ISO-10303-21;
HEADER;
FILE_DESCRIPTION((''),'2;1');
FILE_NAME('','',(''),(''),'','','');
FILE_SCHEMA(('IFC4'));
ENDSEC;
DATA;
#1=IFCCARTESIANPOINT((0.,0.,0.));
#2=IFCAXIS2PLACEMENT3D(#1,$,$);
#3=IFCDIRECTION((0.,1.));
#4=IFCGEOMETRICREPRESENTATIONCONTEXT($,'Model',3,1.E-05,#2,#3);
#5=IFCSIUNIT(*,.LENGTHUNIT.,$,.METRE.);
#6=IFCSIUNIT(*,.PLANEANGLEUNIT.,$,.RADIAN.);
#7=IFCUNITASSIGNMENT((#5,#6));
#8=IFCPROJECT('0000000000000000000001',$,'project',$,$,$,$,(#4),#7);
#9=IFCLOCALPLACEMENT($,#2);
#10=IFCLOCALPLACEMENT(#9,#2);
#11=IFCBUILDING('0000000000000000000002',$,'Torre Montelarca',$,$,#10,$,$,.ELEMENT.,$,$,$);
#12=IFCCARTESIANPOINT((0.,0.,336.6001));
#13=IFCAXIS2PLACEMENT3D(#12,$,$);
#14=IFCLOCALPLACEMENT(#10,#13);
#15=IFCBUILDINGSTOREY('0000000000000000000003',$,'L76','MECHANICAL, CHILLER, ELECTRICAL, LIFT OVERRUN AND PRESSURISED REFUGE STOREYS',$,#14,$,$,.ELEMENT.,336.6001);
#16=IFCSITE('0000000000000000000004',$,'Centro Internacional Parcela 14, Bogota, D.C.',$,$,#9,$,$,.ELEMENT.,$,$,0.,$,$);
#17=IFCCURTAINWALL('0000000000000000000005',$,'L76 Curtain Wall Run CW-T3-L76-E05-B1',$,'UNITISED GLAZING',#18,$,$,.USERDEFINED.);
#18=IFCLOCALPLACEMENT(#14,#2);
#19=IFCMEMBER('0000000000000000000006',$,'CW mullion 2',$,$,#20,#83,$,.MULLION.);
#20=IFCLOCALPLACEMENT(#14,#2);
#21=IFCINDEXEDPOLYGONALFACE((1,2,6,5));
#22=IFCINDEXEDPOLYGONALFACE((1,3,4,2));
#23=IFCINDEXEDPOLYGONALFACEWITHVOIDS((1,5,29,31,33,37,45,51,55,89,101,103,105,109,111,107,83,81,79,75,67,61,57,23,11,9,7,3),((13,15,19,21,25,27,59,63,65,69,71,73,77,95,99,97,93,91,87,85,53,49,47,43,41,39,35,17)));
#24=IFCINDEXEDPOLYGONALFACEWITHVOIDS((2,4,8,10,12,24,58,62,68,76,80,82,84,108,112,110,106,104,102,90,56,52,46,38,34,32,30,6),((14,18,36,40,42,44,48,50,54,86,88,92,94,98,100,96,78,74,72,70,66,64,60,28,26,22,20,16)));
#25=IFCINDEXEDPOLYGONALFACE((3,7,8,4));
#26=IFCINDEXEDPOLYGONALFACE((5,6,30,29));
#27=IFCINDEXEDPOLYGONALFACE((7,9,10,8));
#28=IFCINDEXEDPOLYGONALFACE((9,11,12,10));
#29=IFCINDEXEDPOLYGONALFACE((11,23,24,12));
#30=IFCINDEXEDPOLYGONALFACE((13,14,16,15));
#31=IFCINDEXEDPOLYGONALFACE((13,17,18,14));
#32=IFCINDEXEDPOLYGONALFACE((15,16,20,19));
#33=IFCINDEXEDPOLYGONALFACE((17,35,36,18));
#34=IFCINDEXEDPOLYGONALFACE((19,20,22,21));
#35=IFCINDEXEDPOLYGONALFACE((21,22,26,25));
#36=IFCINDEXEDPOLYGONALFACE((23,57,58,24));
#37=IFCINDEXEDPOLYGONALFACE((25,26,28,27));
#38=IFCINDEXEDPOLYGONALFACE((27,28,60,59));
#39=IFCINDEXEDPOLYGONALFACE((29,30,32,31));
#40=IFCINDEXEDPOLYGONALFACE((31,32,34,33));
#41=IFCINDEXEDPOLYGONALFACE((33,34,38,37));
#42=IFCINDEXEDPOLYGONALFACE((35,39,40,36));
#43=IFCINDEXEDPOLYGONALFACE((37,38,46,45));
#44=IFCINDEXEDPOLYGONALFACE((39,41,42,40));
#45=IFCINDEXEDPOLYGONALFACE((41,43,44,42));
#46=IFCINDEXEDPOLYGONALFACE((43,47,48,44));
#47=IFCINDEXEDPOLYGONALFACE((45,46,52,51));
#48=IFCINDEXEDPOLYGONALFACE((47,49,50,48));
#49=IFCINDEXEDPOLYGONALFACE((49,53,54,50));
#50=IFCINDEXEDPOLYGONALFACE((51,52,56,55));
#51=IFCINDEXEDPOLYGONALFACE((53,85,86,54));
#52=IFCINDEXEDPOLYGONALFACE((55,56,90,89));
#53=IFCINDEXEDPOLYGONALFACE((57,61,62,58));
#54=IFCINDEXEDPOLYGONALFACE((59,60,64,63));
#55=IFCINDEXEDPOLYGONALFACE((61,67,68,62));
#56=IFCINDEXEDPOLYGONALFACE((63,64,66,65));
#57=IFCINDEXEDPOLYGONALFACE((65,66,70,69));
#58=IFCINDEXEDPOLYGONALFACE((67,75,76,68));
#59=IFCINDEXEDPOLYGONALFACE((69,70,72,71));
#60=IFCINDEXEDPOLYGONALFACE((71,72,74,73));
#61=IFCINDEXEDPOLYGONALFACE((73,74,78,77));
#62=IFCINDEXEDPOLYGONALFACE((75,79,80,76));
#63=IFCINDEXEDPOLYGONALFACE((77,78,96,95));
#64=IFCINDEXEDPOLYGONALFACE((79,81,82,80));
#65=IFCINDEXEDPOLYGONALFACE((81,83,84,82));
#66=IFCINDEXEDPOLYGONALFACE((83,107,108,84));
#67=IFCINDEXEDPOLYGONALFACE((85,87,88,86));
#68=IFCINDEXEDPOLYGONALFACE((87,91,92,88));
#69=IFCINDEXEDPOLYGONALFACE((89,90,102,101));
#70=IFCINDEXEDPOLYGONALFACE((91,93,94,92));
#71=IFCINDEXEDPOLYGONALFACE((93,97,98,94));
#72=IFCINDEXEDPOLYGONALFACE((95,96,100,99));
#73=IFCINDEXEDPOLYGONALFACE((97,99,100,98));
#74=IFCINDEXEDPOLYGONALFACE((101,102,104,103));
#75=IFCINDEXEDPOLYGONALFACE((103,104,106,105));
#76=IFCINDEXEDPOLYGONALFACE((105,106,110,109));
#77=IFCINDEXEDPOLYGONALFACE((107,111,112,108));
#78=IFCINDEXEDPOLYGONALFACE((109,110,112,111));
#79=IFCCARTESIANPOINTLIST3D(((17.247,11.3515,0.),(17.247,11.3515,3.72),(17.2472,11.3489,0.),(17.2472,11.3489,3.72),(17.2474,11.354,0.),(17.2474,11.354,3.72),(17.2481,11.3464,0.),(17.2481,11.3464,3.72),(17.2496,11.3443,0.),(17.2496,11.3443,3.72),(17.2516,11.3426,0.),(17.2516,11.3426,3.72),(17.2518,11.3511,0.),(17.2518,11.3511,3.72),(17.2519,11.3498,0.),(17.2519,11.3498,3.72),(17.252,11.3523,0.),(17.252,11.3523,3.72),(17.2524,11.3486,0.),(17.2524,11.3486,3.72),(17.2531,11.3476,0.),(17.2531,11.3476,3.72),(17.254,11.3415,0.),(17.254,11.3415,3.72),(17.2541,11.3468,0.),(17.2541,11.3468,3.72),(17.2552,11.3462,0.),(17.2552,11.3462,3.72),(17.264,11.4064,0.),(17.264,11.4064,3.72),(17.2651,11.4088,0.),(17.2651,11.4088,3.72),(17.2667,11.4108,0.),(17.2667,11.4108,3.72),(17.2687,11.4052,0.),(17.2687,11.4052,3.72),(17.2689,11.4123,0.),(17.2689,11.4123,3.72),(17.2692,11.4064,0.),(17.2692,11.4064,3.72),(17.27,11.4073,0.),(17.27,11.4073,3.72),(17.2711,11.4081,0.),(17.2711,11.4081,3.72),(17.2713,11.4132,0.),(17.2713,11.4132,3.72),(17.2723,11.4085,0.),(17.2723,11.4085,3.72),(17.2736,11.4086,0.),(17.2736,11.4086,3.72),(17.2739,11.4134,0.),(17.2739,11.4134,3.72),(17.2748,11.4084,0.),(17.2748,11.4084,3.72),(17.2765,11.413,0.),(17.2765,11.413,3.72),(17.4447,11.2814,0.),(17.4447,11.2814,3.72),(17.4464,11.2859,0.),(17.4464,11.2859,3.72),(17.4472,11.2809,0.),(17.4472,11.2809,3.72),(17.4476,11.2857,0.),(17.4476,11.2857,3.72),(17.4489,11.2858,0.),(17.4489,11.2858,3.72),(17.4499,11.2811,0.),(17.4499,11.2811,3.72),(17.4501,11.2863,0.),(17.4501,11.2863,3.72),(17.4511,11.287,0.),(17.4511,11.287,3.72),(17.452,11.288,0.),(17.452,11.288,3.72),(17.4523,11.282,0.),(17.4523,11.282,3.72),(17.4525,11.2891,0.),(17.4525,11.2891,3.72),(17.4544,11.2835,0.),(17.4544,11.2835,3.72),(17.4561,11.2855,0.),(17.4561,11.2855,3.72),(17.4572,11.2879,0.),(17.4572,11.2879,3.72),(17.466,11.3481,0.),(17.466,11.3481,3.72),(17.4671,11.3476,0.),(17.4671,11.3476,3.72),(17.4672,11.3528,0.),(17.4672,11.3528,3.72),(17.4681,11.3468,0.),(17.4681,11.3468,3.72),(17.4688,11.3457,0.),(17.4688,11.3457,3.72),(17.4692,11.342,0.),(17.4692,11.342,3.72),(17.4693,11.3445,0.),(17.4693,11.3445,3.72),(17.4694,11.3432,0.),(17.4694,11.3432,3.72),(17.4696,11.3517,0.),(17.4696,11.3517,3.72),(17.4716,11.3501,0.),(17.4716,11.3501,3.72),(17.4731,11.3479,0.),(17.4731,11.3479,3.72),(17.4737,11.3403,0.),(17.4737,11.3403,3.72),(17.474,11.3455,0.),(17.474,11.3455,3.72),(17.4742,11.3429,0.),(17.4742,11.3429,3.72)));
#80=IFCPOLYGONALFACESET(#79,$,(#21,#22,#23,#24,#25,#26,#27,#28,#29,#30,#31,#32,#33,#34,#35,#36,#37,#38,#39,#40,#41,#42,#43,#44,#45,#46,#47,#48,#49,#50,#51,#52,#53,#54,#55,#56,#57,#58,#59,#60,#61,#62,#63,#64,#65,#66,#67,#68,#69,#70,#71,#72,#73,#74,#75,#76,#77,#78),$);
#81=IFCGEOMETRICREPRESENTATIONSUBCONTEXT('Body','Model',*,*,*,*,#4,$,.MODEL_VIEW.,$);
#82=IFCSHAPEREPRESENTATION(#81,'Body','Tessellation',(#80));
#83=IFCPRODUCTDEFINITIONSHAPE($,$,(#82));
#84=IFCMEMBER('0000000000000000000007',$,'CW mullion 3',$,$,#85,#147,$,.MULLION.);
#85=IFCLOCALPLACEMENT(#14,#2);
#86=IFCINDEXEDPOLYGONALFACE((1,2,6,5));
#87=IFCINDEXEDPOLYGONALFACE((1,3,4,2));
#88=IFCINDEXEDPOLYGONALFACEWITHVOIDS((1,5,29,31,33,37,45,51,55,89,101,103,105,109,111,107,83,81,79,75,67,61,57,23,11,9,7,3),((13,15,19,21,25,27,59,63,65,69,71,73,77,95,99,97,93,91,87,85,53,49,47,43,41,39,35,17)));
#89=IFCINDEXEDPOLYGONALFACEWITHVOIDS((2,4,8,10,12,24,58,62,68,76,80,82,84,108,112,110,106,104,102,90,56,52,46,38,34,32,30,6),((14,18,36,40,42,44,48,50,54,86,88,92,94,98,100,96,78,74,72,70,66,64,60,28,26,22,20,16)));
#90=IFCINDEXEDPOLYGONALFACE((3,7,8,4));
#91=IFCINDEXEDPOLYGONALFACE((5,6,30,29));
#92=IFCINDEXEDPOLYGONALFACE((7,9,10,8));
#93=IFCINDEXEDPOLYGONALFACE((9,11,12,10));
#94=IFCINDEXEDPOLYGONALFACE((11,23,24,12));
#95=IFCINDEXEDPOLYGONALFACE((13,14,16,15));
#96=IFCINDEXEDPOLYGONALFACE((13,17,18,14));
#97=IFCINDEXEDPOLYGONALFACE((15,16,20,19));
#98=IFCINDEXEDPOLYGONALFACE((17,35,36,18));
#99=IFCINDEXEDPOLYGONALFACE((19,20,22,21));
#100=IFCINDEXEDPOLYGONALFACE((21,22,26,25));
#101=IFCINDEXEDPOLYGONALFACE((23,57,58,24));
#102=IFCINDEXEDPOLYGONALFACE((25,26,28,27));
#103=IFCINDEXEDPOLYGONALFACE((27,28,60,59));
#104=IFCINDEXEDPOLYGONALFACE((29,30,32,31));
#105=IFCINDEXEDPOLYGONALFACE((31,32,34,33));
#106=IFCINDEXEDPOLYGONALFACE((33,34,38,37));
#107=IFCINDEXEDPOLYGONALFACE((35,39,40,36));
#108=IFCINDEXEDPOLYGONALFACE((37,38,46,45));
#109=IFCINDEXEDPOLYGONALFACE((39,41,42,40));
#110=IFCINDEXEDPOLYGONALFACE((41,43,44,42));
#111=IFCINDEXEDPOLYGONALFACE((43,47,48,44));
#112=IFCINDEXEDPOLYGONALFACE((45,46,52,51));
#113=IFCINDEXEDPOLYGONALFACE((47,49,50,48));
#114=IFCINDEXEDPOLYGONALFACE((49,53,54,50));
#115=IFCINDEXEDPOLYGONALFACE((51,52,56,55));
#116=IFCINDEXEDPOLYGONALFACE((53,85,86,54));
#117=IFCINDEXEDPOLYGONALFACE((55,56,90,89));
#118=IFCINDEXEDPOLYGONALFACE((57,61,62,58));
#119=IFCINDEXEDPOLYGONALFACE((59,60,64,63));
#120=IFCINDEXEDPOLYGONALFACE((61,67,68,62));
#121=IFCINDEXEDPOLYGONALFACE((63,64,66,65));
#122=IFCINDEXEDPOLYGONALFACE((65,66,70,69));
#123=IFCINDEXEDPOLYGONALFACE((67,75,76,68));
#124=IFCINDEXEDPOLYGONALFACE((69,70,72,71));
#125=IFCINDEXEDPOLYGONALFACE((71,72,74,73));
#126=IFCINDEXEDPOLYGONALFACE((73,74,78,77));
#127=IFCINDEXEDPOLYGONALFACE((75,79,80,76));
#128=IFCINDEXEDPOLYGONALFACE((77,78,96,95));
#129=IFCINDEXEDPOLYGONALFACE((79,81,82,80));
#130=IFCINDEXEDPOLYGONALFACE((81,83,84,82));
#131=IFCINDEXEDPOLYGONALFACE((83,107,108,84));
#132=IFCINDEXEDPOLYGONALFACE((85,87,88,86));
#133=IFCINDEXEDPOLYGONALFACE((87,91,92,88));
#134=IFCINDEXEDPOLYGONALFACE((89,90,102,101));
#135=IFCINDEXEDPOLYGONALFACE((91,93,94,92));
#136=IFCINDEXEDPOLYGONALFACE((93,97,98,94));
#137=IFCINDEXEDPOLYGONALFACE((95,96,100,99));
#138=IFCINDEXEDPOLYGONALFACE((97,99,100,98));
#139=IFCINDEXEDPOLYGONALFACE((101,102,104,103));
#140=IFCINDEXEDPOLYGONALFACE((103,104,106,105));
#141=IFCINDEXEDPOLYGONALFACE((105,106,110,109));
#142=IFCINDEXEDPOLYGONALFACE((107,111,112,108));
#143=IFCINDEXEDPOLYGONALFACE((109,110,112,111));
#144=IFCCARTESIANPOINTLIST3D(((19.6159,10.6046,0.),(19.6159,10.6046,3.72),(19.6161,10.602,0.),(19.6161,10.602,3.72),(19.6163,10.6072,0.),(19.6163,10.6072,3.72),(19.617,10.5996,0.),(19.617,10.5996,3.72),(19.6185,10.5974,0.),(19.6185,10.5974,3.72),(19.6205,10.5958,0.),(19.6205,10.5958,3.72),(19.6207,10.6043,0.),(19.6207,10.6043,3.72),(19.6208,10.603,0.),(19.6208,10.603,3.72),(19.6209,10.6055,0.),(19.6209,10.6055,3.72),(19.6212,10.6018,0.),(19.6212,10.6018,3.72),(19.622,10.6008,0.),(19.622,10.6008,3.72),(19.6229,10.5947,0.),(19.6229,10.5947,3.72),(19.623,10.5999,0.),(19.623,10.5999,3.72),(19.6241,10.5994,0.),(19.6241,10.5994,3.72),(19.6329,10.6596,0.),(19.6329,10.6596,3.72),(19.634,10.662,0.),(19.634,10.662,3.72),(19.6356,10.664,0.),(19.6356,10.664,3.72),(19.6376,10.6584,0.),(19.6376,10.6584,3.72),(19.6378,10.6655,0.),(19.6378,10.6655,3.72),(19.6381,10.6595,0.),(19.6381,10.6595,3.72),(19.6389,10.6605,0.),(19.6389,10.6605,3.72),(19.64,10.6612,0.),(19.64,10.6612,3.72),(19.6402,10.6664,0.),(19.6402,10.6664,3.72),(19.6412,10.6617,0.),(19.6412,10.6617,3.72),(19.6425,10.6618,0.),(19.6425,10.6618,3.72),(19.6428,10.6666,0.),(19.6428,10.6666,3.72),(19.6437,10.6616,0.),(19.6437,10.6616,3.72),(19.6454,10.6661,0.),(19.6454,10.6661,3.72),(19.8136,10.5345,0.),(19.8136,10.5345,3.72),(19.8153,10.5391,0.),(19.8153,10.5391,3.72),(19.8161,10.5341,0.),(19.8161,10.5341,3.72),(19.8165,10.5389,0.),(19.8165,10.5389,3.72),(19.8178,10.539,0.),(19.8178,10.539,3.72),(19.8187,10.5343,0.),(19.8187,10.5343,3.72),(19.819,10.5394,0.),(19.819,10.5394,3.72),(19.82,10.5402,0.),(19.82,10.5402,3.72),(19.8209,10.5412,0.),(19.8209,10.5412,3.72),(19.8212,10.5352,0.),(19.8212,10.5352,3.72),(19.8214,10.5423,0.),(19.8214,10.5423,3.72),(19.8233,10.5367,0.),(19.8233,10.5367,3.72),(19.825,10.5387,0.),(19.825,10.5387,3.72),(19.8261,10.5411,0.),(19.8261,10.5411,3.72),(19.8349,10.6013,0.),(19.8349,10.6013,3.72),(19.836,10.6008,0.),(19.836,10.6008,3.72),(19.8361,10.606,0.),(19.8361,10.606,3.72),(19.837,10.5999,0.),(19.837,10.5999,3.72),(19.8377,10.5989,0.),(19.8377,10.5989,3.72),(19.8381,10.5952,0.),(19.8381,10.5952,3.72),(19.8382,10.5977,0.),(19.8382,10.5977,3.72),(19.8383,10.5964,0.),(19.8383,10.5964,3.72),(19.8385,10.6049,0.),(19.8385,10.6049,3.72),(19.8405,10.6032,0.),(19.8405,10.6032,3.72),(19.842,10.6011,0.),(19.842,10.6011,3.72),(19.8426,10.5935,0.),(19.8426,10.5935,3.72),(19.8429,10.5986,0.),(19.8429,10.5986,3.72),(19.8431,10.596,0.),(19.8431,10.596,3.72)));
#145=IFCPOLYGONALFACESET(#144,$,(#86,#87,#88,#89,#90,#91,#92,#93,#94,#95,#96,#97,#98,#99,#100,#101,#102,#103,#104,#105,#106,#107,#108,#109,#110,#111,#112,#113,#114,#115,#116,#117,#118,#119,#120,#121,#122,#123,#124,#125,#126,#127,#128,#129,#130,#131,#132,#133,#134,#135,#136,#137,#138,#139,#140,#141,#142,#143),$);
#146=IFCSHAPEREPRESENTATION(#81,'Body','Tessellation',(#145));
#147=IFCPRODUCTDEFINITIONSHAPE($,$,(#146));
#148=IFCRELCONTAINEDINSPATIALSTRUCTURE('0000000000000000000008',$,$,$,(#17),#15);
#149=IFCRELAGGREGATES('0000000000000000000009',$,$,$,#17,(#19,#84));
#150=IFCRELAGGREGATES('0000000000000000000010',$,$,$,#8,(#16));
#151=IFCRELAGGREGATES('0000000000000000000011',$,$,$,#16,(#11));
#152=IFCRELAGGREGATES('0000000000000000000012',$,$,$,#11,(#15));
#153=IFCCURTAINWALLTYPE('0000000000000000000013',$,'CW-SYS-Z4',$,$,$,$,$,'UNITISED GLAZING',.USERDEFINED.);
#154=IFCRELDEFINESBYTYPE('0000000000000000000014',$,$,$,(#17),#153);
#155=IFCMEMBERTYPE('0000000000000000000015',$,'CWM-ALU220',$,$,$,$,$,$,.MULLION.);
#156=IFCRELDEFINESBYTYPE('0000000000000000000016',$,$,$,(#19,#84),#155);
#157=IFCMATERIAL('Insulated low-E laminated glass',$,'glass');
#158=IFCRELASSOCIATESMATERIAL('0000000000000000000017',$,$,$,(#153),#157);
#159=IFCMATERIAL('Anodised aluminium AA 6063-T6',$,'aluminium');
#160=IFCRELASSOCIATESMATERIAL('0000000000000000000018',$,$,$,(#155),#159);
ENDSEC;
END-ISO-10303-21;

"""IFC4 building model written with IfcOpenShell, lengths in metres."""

from ifc_helpers import new_model, si_unit, direction, frame, origin, origin_2d, place, context, subcontext, project, spatial, hollow_rectangle, extrude, source, transform, mapped, material, material_profile, profile_set, type_object, element, aggregate, save


model = new_model("IFC4")

# Units and contexts
model_context = context("Model", 3, precision=1e-05, world=origin(), true_north=direction((0.0, 1.0)))
body_context = subcontext(model_context, "Body", "Model", "MODEL_VIEW")
ifc_project = project(units=[si_unit("LENGTHUNIT", "METRE"), si_unit("PLANEANGLEUNIT", "RADIAN")], contexts=[model_context])

# Site, building, storey
site_placement = place(None, origin())
site = spatial("IfcSite", under=ifc_project, at=site_placement, Name="Centro Internacional Parcela 14, Bogota, D.C.", CompositionType="ELEMENT", RefElevation=0.0)
building_placement = place(site_placement, origin())
building = spatial("IfcBuilding", under=site, at=building_placement, Name="Torre Montelarca", CompositionType="ELEMENT")
storey_placement = place(building_placement, frame((0.0, 0.0, 336.6001)))
storey = spatial("IfcBuildingStorey", under=building, at=storey_placement, Name="L76", Description="MECHANICAL, CHILLER, ELECTRICAL, LIFT OVERRUN AND PRESSURISED REFUGE STOREYS", CompositionType="ELEMENT", Elevation=336.6001)

# Curtain wall, members
ifc_material_1 = material(Name="Insulated low-E laminated glass", Category="glass")
curtain_wall_type = type_object("IfcCurtainWallType", Name="CW-SYS-Z4", ElementType="UNITISED GLAZING", PredefinedType="USERDEFINED", material=ifc_material_1)
ifc_material_2 = material(Name="Anodised aluminium AA 6063-T6", Category="aluminium")
ifc_material_profile_1 = material_profile(ifc_material_2, hollow_rectangle(XDim=0.075, YDim=0.22, WallThickness=0.0049, InnerFilletRadius=0.0049, OuterFilletRadius=0.01, at=origin_2d()), Name="ALU75X220X5", Category="aluminium")
ifc_profile_set_1 = profile_set([ifc_material_profile_1], Name="Anodised aluminium AA 6063-T6")
member_type_1 = type_object("IfcMemberType", Name="CWM-ALU220", PredefinedType="MULLION", material=ifc_profile_set_1)
shared_shape_1 = source(origin(), body_context, "Body", "SweptSolid", [
    extrude(hollow_rectangle(XDim=0.075, YDim=0.22, WallThickness=0.0049, InnerFilletRadius=0.0049, OuterFilletRadius=0.01, at=origin_2d()), origin(), (0.0, 0.0, 1.0), 3.72),
])
curtain_wall_1_placement = place(storey_placement, origin())
curtain_wall_1 = element("IfcCurtainWall", 1, at=curtain_wall_1_placement, inside=storey, type_object=curtain_wall_type, Name="L76 Curtain Wall Run CW-T3-L76-E05-B1", ObjectType="UNITISED GLAZING", PredefinedType="USERDEFINED")
member_1_placement = place(storey_placement, frame((17.3606, 11.3472, 0.0), z_axis=(0.0, 0.0, 1.0), x_axis=(0.300693, 0.953721, 0.0)))
member_1 = element("IfcMember", 2, at=member_1_placement, type_object=member_type_1, Name="CW mullion 2", PredefinedType="MULLION", context=body_context, shape_type="MappedRepresentation", body=[
    mapped(shared_shape_1, transform((0.0, 0.0, 0.0), scale=1.0)),
])
member_2_placement = place(storey_placement, frame((19.7295, 10.6003, 0.0), z_axis=(0.0, 0.0, 1.0), x_axis=(0.300693, 0.953721, 0.0)))
member_2 = element("IfcMember", 3, at=member_2_placement, type_object=member_type_1, Name="CW mullion 3", PredefinedType="MULLION", context=body_context, shape_type="MappedRepresentation", body=[
    mapped(shared_shape_1, transform((0.0, 0.0, 0.0), scale=1.0)),
])

aggregate(curtain_wall_1, [member_1, member_2])

save(model, "model.ifc")
